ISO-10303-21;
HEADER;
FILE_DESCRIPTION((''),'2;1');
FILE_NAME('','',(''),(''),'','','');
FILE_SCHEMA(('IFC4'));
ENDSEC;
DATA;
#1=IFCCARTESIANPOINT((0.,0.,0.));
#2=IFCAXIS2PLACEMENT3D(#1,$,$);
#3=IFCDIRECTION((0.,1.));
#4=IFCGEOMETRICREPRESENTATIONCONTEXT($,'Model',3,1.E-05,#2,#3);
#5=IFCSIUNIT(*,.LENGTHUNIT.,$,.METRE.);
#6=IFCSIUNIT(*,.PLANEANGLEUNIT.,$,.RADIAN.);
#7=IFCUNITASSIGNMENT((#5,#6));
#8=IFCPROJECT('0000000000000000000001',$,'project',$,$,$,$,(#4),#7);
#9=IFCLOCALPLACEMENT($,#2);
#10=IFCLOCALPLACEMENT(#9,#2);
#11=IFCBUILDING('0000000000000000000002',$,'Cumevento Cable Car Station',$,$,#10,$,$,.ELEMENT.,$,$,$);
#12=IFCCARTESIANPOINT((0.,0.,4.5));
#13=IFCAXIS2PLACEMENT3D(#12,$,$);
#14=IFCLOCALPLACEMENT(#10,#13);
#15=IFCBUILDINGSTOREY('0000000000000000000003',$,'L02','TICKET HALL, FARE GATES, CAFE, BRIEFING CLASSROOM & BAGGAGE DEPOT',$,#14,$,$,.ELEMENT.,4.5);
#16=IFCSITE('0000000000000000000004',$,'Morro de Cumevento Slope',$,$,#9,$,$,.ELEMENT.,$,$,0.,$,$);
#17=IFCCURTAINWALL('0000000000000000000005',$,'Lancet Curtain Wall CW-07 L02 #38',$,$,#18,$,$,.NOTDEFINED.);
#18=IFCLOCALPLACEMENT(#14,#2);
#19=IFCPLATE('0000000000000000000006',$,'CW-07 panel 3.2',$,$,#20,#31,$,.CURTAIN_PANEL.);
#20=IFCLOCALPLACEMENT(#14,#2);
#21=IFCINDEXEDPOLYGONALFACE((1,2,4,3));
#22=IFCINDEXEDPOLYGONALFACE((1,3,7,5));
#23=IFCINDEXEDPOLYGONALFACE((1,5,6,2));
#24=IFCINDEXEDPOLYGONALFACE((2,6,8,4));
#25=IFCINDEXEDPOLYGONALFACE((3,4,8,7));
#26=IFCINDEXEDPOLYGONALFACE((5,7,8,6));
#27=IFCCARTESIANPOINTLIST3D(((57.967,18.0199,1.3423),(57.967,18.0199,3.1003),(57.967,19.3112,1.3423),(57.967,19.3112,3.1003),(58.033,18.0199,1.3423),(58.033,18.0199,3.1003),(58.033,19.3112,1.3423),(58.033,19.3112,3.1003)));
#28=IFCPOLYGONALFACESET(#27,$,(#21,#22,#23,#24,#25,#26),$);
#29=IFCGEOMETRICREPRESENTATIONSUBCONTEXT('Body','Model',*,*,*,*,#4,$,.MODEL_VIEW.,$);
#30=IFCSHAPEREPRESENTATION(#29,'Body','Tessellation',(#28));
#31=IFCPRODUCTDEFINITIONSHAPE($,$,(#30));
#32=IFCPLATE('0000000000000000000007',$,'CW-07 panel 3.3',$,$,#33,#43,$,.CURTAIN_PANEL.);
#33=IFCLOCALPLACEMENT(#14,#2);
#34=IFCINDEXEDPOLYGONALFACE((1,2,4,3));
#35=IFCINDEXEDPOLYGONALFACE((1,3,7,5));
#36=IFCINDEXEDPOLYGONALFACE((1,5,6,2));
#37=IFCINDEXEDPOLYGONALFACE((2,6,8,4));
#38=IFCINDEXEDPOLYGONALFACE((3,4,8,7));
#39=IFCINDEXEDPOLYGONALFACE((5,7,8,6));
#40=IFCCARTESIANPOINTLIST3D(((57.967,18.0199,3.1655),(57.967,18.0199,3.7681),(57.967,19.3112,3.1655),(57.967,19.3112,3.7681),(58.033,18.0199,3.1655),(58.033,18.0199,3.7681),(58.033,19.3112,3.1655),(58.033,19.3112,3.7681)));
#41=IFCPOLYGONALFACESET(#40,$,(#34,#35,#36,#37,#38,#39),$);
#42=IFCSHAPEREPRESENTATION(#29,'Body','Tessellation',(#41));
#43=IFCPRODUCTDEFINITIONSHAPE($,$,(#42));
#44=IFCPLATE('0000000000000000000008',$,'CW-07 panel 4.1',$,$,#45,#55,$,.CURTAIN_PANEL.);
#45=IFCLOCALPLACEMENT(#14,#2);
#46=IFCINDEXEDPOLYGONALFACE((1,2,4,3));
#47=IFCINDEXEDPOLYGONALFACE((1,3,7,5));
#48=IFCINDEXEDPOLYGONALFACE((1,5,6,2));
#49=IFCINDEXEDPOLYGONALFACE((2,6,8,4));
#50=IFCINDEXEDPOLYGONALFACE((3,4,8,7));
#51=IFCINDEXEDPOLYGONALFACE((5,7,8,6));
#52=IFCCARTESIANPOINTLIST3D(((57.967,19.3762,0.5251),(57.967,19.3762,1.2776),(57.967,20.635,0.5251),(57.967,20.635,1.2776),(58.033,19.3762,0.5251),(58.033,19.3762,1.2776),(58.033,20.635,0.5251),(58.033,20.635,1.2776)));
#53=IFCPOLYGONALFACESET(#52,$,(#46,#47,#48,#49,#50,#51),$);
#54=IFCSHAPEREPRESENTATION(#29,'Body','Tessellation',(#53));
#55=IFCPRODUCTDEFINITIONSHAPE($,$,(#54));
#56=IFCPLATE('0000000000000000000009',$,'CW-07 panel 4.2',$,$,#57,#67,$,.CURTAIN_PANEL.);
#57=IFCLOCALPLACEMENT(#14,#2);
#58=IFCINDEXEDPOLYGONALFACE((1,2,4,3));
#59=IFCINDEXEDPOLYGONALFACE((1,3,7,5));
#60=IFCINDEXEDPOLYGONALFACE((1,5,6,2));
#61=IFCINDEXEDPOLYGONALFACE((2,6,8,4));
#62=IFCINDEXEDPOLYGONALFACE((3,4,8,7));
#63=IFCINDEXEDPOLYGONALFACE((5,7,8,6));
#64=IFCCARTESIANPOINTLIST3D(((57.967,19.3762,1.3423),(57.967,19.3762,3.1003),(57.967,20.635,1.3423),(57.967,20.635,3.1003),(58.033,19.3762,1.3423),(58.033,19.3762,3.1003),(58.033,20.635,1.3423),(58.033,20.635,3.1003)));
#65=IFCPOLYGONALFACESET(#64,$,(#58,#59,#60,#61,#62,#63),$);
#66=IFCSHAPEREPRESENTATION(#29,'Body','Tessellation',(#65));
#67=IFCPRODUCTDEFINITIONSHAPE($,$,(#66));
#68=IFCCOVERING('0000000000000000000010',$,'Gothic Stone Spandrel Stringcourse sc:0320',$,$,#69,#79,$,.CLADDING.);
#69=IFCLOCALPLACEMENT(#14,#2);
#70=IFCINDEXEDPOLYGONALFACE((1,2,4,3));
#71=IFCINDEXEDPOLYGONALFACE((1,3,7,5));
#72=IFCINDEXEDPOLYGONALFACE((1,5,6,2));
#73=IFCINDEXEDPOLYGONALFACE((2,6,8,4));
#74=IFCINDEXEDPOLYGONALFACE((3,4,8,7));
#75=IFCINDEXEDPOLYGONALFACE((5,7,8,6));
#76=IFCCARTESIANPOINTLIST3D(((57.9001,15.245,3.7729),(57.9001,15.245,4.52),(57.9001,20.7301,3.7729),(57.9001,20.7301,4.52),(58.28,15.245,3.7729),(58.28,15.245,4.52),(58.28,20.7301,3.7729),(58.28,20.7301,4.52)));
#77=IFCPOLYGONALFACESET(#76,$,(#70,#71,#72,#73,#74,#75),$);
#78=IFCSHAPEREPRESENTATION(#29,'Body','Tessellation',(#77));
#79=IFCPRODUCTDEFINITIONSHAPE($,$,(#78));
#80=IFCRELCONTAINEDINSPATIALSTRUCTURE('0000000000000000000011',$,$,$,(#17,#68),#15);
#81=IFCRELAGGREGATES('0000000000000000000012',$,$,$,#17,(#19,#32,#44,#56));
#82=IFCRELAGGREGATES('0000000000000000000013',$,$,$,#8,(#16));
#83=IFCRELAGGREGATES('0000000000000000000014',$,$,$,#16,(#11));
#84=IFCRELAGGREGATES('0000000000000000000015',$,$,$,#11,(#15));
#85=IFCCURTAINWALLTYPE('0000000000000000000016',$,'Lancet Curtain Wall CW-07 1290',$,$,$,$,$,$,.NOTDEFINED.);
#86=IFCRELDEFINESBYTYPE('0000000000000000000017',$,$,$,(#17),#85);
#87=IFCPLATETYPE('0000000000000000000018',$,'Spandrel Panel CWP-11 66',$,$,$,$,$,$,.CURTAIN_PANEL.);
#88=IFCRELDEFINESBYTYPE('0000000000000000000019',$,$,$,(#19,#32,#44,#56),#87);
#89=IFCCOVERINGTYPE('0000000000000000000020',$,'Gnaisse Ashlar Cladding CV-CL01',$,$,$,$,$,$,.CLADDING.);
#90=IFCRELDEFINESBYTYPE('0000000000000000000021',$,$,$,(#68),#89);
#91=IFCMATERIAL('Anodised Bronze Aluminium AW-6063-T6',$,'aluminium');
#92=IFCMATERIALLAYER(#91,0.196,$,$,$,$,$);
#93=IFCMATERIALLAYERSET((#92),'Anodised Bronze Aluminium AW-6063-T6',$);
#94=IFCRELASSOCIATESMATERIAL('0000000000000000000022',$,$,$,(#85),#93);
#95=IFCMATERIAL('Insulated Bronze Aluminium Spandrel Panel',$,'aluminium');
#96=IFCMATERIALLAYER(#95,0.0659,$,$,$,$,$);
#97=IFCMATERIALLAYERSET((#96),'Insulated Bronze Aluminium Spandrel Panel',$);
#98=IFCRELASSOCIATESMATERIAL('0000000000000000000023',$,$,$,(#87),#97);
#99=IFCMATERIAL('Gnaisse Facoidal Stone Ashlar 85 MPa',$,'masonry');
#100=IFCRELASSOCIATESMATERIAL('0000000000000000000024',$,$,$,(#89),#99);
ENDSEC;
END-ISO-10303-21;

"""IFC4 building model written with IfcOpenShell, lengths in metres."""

from ifc_helpers import new_model, si_unit, direction, frame, origin, origin_2d, place, context, subcontext, project, spatial, rectangle, extrude, material, layer, layer_set, type_object, element, aggregate, save


model = new_model("IFC4")

# Units and contexts
model_context = context("Model", 3, precision=1e-05, world=origin(), true_north=direction((0.0, 1.0)))
body_context = subcontext(model_context, "Body", "Model", "MODEL_VIEW")
ifc_project = project(units=[si_unit("LENGTHUNIT", "METRE"), si_unit("PLANEANGLEUNIT", "RADIAN")], contexts=[model_context])

# Site, building, storey
site_placement = place(None, origin())
site = spatial("IfcSite", under=ifc_project, at=site_placement, Name="Morro de Cumevento Slope", CompositionType="ELEMENT", RefElevation=0.0)
building_placement = place(site_placement, origin())
building = spatial("IfcBuilding", under=site, at=building_placement, Name="Cumevento Cable Car Station", CompositionType="ELEMENT")
storey_placement = place(building_placement, frame((0.0, 0.0, 4.5)))
storey = spatial("IfcBuildingStorey", under=building, at=storey_placement, Name="L02", Description="TICKET HALL, FARE GATES, CAFE, BRIEFING CLASSROOM & BAGGAGE DEPOT", CompositionType="ELEMENT", Elevation=4.5)

# Curtain wall, plates
ifc_material_1 = material(Name="Anodised Bronze Aluminium AW-6063-T6", Category="aluminium")
ifc_layer_1 = layer(ifc_material_1, 0.196)
ifc_layer_set_1 = layer_set([ifc_layer_1], Name="Anodised Bronze Aluminium AW-6063-T6")
curtain_wall_type = type_object("IfcCurtainWallType", Name="Lancet Curtain Wall CW-07 1290", PredefinedType="NOTDEFINED", material=ifc_layer_set_1)
curtain_wall_placement = place(storey_placement, origin())
curtain_wall = element("IfcCurtainWall", 1, at=curtain_wall_placement, inside=storey, type_object=curtain_wall_type, Name="Lancet Curtain Wall CW-07 L02 #38", PredefinedType="NOTDEFINED")
ifc_material_2 = material(Name="Insulated Bronze Aluminium Spandrel Panel", Category="aluminium")
ifc_layer_2 = layer(ifc_material_2, 0.0659)
ifc_layer_set_2 = layer_set([ifc_layer_2], Name="Insulated Bronze Aluminium Spandrel Panel")
plate_type = type_object("IfcPlateType", Name="Spandrel Panel CWP-11 66", PredefinedType="CURTAIN_PANEL", material=ifc_layer_set_2)
plate_1_placement = place(storey_placement, frame((58.0, 18.6655, 1.3423), z_axis=(0.0, 0.0, 1.0), x_axis=(0.0, 1.0, 0.0)))
plate_1 = element("IfcPlate", 2, at=plate_1_placement, type_object=plate_type, Name="CW-07 panel 3.2", PredefinedType="CURTAIN_PANEL", context=body_context, shape_type="SweptSolid", body=[
    extrude(rectangle(XDim=1.2913, YDim=0.0659, at=origin_2d()), origin(), (0.0, 0.0, 1.0), 1.7581),
])
plate_2_placement = place(storey_placement, frame((58.0, 18.6655, 3.1655), z_axis=(0.0, 0.0, 1.0), x_axis=(0.0, 1.0, 0.0)))
plate_2 = element("IfcPlate", 3, at=plate_2_placement, type_object=plate_type, Name="CW-07 panel 3.3", PredefinedType="CURTAIN_PANEL", context=body_context, shape_type="SweptSolid", body=[
    extrude(rectangle(XDim=1.2913, YDim=0.0659, at=origin_2d()), origin(), (0.0, 0.0, 1.0), 0.6025),
])
plate_3_placement = place(storey_placement, frame((58.0, 20.0056, 0.5251), z_axis=(0.0, 0.0, 1.0), x_axis=(0.0, 1.0, 0.0)))
plate_3 = element("IfcPlate", 4, at=plate_3_placement, type_object=plate_type, Name="CW-07 panel 4.1", PredefinedType="CURTAIN_PANEL", context=body_context, shape_type="SweptSolid", body=[
    extrude(rectangle(XDim=1.2588, YDim=0.0659, at=origin_2d()), origin(), (0.0, 0.0, 1.0), 0.7524),
])
plate_4_placement = place(storey_placement, frame((58.0, 20.0056, 1.3423), z_axis=(0.0, 0.0, 1.0), x_axis=(0.0, 1.0, 0.0)))
plate_4 = element("IfcPlate", 5, at=plate_4_placement, type_object=plate_type, Name="CW-07 panel 4.2", PredefinedType="CURTAIN_PANEL", context=body_context, shape_type="SweptSolid", body=[
    extrude(rectangle(XDim=1.2588, YDim=0.0659, at=origin_2d()), origin(), (0.0, 0.0, 1.0), 1.7581),
])
aggregate(curtain_wall, [plate_1, plate_2, plate_3, plate_4])

# Covering
ifc_material_3 = material(Name="Gnaisse Facoidal Stone Ashlar 85 MPa", Category="masonry")
covering_type = type_object("IfcCoveringType", Name="Gnaisse Ashlar Cladding CV-CL01", PredefinedType="CLADDING", material=ifc_material_3)
covering_placement = place(storey_placement, frame((58.0901, 17.9875, 3.7729), z_axis=(0.0, 0.0, 1.0), x_axis=(0.0, 1.0, 0.0)))
element("IfcCovering", 6, at=covering_placement, inside=storey, type_object=covering_type, Name="Gothic Stone Spandrel Stringcourse sc:0320", PredefinedType="CLADDING", context=body_context, shape_type="SweptSolid", body=[
    extrude(rectangle(XDim=5.4851, YDim=0.3799, at=origin_2d()), origin(), (0.0, 0.0, 1.0), 0.7471),
])

save(model, "model.ifc")
